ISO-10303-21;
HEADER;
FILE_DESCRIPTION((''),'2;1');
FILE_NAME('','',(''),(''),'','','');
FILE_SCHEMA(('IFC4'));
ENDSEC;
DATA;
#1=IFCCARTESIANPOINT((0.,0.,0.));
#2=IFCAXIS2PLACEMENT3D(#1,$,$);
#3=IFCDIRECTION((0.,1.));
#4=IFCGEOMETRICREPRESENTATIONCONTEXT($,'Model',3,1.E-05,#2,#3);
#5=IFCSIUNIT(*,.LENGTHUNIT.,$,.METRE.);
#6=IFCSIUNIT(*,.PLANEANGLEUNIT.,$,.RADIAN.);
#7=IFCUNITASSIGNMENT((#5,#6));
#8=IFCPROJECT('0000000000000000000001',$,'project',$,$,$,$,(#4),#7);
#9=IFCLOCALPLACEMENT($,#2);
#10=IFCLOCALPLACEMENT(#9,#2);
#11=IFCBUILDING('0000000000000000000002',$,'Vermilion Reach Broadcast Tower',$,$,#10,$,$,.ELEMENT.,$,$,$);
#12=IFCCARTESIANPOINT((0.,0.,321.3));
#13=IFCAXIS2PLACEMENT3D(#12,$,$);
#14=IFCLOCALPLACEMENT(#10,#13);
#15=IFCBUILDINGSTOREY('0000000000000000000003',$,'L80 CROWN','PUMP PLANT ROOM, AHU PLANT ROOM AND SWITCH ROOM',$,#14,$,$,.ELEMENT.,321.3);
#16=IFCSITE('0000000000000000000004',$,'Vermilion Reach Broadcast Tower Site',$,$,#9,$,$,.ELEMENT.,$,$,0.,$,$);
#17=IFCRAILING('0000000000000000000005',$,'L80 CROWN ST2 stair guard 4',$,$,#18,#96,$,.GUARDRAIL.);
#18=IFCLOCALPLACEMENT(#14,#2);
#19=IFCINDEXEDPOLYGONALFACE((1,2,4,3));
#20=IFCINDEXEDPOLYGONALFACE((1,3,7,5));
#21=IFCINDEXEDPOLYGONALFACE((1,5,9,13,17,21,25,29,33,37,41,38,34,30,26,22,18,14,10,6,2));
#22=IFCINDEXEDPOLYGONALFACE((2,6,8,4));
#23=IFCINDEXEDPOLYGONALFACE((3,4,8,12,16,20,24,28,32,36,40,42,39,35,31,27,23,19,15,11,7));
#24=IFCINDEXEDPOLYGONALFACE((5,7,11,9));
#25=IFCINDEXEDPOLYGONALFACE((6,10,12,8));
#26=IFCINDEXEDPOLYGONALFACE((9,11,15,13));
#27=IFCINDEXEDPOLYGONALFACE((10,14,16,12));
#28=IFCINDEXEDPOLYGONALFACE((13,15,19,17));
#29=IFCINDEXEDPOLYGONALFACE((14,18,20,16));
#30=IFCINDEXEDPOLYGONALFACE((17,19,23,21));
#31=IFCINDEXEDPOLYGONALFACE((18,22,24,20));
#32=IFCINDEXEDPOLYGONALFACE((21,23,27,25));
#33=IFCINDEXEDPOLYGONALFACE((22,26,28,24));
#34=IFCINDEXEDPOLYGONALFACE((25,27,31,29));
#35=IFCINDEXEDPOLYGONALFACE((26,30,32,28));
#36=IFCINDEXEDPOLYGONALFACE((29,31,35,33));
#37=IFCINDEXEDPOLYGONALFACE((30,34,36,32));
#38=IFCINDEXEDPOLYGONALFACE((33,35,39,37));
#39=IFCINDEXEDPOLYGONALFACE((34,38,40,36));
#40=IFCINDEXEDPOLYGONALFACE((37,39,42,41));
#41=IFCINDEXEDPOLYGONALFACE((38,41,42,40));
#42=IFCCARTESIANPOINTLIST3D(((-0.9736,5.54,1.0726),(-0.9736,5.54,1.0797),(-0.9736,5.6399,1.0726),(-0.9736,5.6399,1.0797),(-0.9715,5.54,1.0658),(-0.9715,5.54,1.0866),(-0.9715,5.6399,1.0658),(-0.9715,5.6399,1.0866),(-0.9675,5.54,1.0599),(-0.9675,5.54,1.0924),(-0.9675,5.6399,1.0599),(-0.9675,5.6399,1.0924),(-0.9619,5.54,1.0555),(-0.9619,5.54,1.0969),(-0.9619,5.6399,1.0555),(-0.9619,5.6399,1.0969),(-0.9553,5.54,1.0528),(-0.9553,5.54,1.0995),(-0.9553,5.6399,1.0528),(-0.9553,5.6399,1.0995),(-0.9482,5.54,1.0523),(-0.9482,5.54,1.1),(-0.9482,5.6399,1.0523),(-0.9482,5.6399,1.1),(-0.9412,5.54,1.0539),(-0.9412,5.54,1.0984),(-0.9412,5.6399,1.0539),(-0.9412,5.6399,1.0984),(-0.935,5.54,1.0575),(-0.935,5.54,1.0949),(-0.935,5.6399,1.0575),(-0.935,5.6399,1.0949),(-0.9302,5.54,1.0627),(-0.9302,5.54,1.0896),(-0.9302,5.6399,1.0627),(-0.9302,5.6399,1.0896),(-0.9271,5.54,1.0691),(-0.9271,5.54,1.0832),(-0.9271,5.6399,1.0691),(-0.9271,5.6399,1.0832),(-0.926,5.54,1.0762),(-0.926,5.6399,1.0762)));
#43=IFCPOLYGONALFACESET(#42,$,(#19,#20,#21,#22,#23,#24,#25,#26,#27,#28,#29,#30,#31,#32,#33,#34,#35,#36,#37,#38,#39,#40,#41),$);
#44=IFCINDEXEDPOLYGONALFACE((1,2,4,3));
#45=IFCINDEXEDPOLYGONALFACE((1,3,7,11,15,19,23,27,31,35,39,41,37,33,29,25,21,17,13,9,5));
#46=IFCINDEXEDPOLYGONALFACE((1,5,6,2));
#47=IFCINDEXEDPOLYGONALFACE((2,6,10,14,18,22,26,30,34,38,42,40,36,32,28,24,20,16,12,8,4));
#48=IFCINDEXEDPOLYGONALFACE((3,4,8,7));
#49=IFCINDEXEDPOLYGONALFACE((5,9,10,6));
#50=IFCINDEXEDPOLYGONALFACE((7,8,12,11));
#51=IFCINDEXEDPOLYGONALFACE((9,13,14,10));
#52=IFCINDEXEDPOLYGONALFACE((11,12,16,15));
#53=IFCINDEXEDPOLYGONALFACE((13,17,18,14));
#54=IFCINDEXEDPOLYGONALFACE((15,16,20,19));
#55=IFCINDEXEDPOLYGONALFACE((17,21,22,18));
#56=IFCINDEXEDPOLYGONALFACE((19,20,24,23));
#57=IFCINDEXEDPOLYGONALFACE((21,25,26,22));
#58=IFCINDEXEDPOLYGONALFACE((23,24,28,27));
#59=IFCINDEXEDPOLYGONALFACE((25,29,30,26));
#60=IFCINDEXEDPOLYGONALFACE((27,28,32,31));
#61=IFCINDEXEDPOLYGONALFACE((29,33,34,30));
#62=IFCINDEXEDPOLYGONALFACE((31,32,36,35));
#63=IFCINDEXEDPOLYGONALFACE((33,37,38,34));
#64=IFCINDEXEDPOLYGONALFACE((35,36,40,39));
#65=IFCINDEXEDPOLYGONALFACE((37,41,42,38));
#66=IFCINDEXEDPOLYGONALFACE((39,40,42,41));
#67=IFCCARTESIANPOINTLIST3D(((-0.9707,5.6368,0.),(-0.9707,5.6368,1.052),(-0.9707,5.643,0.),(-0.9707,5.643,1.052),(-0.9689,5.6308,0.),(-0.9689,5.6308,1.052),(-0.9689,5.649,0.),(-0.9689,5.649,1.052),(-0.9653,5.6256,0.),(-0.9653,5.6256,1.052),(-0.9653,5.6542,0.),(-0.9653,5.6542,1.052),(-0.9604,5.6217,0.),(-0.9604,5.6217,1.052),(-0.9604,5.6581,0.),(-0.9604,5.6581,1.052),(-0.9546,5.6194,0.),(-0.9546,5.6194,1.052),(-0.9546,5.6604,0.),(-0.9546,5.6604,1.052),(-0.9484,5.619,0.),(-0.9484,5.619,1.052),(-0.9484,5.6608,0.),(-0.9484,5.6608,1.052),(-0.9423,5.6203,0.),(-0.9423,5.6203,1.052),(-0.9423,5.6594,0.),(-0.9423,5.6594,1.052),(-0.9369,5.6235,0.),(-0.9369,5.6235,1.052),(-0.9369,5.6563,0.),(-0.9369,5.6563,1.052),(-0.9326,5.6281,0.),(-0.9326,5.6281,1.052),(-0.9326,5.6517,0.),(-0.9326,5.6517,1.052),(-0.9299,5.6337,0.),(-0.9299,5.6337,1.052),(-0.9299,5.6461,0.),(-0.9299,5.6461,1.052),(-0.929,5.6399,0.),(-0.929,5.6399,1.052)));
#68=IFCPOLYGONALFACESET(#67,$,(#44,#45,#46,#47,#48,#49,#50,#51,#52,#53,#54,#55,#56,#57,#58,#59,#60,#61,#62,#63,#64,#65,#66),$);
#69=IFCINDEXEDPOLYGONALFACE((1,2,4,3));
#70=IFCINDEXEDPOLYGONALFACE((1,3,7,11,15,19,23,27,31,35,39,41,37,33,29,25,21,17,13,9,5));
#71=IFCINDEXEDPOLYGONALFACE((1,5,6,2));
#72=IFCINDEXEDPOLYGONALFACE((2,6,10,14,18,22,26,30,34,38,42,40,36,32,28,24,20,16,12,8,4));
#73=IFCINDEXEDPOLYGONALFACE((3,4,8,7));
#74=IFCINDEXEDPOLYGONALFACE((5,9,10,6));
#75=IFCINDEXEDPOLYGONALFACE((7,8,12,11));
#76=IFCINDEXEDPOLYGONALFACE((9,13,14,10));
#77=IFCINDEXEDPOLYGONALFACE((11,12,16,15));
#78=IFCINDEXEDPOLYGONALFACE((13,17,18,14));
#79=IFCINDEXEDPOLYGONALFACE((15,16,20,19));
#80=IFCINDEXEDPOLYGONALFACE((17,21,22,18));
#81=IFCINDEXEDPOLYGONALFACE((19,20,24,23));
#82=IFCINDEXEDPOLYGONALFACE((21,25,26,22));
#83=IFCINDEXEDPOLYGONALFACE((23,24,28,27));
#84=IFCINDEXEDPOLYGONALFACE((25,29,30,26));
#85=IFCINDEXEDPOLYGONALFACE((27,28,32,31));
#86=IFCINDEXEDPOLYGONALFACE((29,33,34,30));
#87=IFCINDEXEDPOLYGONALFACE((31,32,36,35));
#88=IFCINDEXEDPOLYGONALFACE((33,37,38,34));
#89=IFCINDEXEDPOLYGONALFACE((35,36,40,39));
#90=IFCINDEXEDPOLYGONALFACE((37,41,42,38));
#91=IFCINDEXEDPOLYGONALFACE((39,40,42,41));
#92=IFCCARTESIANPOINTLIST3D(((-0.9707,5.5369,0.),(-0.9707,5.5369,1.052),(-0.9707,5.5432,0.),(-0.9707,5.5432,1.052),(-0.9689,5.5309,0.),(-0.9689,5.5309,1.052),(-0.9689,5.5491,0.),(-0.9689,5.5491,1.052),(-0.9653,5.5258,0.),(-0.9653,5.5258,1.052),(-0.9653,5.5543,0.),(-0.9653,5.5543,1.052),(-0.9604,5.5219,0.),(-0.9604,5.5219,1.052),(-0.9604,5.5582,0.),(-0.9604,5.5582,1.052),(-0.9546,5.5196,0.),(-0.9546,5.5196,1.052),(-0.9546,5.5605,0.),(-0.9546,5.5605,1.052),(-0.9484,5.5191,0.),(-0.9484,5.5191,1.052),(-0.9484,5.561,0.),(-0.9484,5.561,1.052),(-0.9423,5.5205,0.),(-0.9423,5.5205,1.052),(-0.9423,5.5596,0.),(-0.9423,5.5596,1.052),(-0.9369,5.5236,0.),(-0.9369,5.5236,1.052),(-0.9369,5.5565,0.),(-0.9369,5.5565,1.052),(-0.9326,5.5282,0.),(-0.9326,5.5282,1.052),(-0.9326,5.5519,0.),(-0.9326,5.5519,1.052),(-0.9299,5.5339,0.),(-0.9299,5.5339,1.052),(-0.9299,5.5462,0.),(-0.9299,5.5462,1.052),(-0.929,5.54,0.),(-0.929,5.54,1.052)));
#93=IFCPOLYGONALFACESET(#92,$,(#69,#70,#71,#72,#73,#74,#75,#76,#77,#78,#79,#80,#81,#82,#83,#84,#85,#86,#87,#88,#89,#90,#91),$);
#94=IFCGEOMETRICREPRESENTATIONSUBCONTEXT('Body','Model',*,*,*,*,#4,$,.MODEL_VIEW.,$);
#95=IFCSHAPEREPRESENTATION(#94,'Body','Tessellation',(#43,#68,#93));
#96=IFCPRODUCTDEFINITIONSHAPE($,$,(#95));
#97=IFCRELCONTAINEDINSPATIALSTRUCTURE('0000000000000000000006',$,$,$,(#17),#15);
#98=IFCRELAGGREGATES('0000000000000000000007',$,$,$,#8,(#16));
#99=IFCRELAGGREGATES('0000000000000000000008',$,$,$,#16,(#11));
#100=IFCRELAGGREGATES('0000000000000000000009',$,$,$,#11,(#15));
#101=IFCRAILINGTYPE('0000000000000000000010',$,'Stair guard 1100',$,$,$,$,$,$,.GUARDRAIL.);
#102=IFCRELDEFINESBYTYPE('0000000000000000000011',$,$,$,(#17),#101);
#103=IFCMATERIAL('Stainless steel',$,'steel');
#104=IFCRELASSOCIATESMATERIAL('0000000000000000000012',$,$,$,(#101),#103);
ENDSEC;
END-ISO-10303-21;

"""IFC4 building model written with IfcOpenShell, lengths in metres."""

from ifc_helpers import new_model, si_unit, direction, frame, origin, origin_2d, place, context, subcontext, project, spatial, circle, extrude, material, type_object, element, save


model = new_model("IFC4")

# Units and contexts
model_context = context("Model", 3, precision=1e-05, world=origin(), true_north=direction((0.0, 1.0)))
body_context = subcontext(model_context, "Body", "Model", "MODEL_VIEW")
ifc_project = project(units=[si_unit("LENGTHUNIT", "METRE"), si_unit("PLANEANGLEUNIT", "RADIAN")], contexts=[model_context])

# Site, building, storey
site_placement = place(None, origin())
site = spatial("IfcSite", under=ifc_project, at=site_placement, Name="Vermilion Reach Broadcast Tower Site", CompositionType="ELEMENT", RefElevation=0.0)
building_placement = place(site_placement, origin())
building = spatial("IfcBuilding", under=site, at=building_placement, Name="Vermilion Reach Broadcast Tower", CompositionType="ELEMENT")
storey_placement = place(building_placement, frame((0.0, 0.0, 321.3)))
storey = spatial("IfcBuildingStorey", under=building, at=storey_placement, Name="L80 CROWN", Description="PUMP PLANT ROOM, AHU PLANT ROOM AND SWITCH ROOM", CompositionType="ELEMENT", Elevation=321.3)

# Railing
ifc_material_1 = material(Name="Stainless steel", Category="steel")
railing_type_1 = type_object("IfcRailingType", Name="Stair guard 1100", PredefinedType="GUARDRAIL", material=ifc_material_1)
railing_1_placement = place(storey_placement, frame((-0.95, 5.6399, 0.0)))
element("IfcRailing", 1, at=railing_1_placement, inside=storey, type_object=railing_type_1, Name="L80 CROWN ST2 stair guard 4", PredefinedType="GUARDRAIL", context=body_context, shape_type="SweptSolid", body=[
    extrude(circle(Radius=0.0239, at=origin_2d()), frame((0.0, 0.0, 1.0762), z_axis=(0.0, -1.0, 0.0), x_axis=(1.0, 0.0, 0.0)), (0.0, 0.0, 1.0), 0.0999),
    extrude(circle(Radius=0.021, at=origin_2d()), origin(), (0.0, 0.0, 1.0), 1.052),
    extrude(circle(Radius=0.021, at=origin_2d()), frame((0.0, -0.0999, 0.0)), (0.0, 0.0, 1.0), 1.052),
])

save(model, "model.ifc")
